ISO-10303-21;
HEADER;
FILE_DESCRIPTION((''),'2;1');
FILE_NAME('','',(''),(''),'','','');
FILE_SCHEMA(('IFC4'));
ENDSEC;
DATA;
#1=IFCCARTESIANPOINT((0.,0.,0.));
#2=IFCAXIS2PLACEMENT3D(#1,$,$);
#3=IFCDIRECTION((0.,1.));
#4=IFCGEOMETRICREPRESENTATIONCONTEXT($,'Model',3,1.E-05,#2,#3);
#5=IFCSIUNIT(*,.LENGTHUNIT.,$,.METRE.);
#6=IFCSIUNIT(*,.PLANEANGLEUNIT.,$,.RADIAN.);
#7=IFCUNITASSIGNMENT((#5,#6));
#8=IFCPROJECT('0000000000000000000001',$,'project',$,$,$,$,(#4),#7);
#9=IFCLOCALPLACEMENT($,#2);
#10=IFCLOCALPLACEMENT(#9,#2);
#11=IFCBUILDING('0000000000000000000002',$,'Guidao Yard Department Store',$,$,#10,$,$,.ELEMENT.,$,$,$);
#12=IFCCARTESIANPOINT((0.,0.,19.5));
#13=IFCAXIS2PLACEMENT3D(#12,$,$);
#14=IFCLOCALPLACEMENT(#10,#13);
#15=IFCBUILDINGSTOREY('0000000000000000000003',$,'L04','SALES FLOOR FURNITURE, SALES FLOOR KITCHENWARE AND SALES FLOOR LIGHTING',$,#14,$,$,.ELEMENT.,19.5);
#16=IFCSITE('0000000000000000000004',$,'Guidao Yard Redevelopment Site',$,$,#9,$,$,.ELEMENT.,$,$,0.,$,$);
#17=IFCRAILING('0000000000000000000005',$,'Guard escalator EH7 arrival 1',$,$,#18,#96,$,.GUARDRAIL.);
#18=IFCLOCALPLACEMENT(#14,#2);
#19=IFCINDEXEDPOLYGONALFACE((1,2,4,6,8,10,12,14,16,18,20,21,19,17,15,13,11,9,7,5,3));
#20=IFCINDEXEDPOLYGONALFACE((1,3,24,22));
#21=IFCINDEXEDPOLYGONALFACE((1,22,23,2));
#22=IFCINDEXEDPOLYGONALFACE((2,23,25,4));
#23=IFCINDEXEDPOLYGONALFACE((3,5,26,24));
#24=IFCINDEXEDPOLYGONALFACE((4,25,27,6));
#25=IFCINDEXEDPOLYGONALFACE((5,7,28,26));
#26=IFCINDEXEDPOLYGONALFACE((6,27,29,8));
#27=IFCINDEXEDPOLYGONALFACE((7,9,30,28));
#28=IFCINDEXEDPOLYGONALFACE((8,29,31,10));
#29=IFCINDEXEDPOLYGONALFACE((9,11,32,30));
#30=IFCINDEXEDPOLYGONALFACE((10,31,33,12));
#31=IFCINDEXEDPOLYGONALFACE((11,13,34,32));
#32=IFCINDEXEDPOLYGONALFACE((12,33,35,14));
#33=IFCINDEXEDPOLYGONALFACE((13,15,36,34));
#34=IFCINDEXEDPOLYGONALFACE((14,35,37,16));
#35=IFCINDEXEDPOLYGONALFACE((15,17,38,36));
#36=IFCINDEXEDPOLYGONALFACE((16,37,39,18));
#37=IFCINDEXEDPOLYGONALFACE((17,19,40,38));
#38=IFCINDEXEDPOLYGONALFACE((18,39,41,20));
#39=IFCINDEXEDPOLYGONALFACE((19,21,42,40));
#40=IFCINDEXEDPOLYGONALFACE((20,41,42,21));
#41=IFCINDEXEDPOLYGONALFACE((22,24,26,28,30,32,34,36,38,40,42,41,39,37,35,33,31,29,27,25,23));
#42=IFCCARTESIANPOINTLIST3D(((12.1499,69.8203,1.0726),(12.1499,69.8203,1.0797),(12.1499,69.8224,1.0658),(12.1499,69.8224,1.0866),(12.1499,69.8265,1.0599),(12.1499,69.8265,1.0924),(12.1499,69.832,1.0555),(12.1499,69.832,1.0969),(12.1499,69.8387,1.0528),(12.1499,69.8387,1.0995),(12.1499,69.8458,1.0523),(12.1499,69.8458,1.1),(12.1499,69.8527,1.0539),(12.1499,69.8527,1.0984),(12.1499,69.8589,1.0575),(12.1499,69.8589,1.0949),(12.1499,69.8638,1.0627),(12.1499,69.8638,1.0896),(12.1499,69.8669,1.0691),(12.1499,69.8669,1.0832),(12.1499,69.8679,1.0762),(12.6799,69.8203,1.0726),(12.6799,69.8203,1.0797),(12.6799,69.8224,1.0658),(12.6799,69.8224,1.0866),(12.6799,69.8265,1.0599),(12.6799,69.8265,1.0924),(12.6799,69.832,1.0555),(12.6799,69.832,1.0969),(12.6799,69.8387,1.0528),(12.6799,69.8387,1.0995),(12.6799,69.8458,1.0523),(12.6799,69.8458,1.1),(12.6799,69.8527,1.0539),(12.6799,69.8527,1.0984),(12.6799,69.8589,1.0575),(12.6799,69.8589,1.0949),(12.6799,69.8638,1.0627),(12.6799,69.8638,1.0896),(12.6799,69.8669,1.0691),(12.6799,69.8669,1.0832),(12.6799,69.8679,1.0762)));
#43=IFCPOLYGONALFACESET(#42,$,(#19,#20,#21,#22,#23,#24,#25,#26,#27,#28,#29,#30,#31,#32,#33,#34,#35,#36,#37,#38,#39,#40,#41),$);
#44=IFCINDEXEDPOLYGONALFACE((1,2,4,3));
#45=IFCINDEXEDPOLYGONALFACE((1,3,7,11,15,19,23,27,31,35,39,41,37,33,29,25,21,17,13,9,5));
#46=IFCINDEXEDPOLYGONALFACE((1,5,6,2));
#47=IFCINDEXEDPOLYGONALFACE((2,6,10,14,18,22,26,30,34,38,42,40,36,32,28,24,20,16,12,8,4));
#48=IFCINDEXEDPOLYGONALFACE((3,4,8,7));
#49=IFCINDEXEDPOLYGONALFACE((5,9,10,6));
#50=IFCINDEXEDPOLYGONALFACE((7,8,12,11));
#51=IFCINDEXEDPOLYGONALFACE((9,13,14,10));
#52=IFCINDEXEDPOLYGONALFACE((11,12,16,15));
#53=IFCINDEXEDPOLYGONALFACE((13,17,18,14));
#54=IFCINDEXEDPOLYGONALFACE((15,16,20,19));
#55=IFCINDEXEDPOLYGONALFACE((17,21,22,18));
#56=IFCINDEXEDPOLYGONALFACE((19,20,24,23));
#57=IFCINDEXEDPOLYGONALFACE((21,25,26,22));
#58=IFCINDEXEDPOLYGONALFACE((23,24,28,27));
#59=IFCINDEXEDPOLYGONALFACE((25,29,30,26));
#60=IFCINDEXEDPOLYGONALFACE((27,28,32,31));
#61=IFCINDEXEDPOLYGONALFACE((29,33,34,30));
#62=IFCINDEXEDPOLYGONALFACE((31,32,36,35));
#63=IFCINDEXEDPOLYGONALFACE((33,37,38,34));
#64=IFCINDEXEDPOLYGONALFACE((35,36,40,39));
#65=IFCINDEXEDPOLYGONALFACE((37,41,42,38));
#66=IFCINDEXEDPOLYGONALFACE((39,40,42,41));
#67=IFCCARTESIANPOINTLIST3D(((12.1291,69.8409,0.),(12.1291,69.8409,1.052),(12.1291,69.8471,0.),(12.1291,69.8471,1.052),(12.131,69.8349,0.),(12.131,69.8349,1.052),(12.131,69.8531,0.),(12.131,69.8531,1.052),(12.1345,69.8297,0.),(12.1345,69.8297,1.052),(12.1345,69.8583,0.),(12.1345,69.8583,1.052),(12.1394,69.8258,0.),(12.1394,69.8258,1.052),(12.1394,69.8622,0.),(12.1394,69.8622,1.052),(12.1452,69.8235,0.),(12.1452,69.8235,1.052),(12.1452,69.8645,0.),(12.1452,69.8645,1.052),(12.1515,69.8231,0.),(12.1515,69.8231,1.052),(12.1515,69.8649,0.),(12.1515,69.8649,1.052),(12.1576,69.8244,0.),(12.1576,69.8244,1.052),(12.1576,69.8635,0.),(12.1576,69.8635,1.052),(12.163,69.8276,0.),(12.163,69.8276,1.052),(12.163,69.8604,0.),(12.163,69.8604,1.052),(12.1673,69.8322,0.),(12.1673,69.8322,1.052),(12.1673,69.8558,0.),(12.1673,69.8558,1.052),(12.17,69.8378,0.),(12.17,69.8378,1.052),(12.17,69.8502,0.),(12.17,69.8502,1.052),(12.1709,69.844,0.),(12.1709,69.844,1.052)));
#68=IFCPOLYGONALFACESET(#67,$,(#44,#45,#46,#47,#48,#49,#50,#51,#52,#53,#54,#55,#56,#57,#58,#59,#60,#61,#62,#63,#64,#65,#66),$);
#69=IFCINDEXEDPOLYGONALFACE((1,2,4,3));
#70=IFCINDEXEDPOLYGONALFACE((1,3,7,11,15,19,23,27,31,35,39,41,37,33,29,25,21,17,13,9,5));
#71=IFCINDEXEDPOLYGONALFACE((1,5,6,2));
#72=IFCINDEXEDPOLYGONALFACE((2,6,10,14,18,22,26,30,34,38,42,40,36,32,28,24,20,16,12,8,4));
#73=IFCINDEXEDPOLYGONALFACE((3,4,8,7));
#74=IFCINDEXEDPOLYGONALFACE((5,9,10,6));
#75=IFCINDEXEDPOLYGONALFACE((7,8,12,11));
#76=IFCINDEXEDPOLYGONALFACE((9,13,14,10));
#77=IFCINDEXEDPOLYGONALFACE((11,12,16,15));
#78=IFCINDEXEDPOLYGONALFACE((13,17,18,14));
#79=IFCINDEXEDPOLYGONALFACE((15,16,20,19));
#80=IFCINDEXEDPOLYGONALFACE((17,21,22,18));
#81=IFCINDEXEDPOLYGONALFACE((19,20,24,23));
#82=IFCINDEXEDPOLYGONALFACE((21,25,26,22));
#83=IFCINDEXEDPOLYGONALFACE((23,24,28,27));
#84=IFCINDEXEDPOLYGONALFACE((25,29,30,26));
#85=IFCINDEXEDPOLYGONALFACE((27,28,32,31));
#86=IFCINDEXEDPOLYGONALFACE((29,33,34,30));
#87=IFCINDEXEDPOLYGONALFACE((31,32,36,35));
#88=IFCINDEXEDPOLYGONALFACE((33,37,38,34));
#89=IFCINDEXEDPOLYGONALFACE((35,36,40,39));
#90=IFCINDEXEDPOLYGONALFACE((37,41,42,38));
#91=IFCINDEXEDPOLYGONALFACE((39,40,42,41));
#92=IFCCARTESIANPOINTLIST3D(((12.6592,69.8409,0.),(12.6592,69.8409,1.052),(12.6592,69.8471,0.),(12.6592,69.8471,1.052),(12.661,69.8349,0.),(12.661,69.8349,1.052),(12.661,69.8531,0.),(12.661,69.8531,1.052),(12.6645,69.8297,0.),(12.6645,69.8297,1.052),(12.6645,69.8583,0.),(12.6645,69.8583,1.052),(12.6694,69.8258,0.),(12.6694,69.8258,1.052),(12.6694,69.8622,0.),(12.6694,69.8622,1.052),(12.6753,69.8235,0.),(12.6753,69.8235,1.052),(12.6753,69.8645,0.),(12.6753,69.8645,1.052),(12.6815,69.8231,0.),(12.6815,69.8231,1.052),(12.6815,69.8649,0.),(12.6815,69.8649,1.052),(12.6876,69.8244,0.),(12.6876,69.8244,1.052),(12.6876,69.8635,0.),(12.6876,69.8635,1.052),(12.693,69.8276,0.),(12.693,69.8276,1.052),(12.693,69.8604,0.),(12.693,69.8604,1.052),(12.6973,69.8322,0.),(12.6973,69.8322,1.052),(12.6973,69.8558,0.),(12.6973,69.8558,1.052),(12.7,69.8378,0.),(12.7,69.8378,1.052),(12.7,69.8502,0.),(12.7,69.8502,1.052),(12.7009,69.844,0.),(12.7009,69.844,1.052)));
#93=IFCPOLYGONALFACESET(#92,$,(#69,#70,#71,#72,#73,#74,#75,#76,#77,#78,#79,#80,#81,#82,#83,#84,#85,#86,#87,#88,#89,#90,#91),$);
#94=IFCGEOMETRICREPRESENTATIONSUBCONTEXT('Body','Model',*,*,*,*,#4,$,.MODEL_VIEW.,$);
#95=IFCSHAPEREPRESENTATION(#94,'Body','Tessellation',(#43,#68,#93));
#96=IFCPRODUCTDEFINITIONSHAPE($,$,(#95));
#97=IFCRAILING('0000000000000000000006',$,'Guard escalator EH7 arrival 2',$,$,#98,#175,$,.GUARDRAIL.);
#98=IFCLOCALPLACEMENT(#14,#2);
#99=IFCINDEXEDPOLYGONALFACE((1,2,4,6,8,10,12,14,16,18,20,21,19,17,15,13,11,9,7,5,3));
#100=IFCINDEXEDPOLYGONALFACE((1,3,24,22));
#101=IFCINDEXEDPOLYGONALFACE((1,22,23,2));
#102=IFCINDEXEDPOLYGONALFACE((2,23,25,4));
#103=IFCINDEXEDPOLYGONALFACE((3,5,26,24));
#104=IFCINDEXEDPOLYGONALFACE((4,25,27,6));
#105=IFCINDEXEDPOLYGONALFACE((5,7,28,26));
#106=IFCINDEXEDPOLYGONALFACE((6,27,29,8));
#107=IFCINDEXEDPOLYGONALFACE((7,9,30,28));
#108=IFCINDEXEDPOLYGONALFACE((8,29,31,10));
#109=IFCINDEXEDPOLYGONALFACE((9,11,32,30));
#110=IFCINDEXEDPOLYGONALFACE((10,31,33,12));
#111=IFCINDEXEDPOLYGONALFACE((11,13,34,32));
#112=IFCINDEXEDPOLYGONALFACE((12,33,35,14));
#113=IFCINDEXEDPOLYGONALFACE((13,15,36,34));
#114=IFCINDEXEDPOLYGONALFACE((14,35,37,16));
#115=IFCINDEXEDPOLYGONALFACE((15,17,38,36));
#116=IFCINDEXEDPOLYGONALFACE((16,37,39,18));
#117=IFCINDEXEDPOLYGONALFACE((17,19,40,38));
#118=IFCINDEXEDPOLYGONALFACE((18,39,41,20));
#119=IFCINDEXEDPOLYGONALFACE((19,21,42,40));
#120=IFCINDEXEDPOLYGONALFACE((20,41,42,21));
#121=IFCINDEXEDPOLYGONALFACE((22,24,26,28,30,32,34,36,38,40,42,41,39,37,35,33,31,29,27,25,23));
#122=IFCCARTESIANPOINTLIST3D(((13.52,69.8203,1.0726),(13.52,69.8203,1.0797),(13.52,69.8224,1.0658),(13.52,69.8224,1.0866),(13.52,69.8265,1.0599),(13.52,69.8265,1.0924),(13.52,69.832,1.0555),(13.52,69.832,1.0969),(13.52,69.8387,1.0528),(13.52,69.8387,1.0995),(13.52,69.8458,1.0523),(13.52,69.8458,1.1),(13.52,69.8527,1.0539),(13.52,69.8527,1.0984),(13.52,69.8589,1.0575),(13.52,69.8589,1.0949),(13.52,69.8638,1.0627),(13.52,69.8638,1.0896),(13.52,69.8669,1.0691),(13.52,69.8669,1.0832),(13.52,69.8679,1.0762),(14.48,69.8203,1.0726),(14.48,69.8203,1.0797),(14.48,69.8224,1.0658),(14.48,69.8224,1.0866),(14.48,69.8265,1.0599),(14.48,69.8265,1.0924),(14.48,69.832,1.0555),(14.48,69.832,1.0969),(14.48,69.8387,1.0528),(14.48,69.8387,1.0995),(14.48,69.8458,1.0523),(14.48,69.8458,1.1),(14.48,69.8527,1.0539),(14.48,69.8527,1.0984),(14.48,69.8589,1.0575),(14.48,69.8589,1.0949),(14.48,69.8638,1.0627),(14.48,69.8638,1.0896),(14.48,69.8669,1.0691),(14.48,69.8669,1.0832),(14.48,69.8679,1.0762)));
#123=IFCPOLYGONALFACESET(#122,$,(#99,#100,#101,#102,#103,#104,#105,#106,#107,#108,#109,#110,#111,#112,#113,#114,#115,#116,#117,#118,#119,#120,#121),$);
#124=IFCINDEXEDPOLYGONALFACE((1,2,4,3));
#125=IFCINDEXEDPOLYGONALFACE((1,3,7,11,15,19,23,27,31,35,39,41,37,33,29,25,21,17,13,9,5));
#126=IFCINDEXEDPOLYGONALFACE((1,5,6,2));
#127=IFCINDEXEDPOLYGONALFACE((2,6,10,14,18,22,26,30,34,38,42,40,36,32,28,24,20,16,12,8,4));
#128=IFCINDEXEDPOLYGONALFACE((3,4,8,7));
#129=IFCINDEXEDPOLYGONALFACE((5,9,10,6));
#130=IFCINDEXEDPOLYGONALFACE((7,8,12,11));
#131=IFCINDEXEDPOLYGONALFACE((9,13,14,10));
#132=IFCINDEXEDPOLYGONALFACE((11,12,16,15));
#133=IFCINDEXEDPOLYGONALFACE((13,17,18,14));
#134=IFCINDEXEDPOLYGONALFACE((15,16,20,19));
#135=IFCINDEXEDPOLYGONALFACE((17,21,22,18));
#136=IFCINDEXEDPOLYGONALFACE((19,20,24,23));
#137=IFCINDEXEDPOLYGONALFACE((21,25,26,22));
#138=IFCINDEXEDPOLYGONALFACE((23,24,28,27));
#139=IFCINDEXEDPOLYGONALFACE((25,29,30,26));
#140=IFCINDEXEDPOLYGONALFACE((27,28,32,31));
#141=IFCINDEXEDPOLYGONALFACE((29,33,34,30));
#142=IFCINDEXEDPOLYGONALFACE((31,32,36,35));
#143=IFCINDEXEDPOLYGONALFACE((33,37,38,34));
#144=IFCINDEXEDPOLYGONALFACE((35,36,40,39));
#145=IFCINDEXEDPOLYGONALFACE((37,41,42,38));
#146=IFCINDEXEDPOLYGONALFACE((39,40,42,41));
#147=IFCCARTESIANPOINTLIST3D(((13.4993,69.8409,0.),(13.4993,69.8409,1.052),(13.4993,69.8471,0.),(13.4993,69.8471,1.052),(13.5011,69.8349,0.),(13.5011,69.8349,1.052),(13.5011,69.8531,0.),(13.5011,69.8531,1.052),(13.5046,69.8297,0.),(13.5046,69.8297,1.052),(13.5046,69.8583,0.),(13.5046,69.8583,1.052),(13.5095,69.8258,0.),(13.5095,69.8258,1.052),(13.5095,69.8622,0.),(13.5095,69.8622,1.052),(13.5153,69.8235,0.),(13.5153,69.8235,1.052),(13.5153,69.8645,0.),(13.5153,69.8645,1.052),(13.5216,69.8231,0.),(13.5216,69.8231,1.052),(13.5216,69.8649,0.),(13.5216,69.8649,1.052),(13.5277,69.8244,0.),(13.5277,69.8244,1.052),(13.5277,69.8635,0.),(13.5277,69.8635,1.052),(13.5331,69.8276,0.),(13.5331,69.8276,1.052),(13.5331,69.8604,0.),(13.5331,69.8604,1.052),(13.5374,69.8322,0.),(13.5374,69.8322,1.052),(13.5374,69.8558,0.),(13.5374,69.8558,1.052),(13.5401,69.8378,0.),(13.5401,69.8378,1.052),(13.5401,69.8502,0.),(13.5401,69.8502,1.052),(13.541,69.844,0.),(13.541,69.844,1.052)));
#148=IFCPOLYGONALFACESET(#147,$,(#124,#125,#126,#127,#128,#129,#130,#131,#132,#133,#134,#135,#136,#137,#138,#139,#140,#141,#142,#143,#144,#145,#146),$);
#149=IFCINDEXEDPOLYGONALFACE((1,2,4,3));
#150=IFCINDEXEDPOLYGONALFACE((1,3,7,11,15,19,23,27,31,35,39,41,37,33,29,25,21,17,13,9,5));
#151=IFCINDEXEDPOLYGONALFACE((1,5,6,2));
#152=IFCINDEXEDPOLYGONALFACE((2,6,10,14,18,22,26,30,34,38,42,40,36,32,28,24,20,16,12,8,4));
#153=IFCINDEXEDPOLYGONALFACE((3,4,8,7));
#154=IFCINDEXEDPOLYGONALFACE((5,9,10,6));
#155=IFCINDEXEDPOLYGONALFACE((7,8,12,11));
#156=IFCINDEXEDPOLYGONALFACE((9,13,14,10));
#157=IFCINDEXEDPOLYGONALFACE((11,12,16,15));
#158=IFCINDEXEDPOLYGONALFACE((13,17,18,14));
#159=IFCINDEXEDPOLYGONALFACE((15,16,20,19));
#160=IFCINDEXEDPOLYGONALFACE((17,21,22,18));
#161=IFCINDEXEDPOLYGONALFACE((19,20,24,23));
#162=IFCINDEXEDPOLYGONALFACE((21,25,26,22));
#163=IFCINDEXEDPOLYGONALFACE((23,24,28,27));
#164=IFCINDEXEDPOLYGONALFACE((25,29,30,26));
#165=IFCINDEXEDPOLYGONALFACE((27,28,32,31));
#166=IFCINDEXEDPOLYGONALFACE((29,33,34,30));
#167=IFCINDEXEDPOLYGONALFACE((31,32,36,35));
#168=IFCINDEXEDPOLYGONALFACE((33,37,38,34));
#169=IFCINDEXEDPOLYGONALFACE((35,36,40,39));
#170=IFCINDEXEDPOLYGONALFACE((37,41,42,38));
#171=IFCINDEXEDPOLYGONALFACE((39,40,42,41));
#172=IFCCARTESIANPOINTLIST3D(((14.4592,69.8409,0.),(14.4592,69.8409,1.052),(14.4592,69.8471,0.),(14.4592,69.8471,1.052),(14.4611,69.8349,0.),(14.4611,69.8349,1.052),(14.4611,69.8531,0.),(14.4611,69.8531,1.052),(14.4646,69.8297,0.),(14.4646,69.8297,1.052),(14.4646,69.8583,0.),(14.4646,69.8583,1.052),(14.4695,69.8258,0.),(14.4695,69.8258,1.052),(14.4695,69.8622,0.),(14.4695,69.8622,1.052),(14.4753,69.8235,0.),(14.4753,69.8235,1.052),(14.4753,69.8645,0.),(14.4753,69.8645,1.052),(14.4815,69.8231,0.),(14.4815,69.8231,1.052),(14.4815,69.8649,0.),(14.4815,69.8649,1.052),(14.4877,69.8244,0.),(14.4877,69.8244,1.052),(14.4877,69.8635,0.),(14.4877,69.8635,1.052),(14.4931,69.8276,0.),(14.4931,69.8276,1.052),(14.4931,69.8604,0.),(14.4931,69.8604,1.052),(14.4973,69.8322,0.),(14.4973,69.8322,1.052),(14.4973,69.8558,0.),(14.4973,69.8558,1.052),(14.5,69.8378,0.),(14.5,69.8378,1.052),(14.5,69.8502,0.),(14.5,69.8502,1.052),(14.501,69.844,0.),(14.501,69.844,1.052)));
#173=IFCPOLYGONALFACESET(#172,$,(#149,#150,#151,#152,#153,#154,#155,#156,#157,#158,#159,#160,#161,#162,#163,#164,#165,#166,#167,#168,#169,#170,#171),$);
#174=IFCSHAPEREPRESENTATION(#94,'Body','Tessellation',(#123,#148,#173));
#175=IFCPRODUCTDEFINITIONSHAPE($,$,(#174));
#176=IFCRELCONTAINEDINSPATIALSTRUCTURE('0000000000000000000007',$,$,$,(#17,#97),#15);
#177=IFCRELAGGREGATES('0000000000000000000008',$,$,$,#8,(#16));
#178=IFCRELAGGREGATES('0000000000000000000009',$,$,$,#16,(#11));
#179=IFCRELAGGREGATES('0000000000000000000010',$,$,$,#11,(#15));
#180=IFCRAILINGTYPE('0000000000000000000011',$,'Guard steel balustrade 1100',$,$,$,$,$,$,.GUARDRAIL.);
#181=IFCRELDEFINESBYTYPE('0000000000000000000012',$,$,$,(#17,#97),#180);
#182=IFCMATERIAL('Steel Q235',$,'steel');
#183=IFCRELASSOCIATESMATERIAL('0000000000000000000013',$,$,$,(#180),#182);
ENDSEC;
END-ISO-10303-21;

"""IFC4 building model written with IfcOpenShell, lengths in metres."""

from ifc_helpers import new_model, si_unit, direction, frame, origin, origin_2d, place, context, subcontext, project, spatial, circle, extrude, material, type_object, element, save


model = new_model("IFC4")

# Units and contexts
model_context = context("Model", 3, precision=1e-05, world=origin(), true_north=direction((0.0, 1.0)))
body_context = subcontext(model_context, "Body", "Model", "MODEL_VIEW")
ifc_project = project(units=[si_unit("LENGTHUNIT", "METRE"), si_unit("PLANEANGLEUNIT", "RADIAN")], contexts=[model_context])

# Site, building, storey
site_placement = place(None, origin())
site = spatial("IfcSite", under=ifc_project, at=site_placement, Name="Guidao Yard Redevelopment Site", CompositionType="ELEMENT", RefElevation=0.0)
building_placement = place(site_placement, origin())
building = spatial("IfcBuilding", under=site, at=building_placement, Name="Guidao Yard Department Store", CompositionType="ELEMENT")
storey_placement = place(building_placement, frame((0.0, 0.0, 19.5)))
storey = spatial("IfcBuildingStorey", under=building, at=storey_placement, Name="L04", Description="SALES FLOOR FURNITURE, SALES FLOOR KITCHENWARE AND SALES FLOOR LIGHTING", CompositionType="ELEMENT", Elevation=19.5)

# Railings
ifc_material_1 = material(Name="Steel Q235", Category="steel")
railing_type_1 = type_object("IfcRailingType", Name="Guard steel balustrade 1100", PredefinedType="GUARDRAIL", material=ifc_material_1)
railing_1_placement = place(storey_placement, frame((12.1499, 69.844, 0.0)))
element("IfcRailing", 1, at=railing_1_placement, inside=storey, type_object=railing_type_1, Name="Guard escalator EH7 arrival 1", PredefinedType="GUARDRAIL", context=body_context, shape_type="SweptSolid", body=[
    extrude(circle(Radius=0.0239, at=origin_2d()), frame((0.0, 0.0, 1.0762), z_axis=(1.0, 0.0, 0.0), x_axis=(0.0, 1.0, 0.0)), (0.0, 0.0, 1.0), 0.53),
    extrude(circle(Radius=0.021, at=origin_2d()), origin(), (0.0, 0.0, 1.0), 1.052),
    extrude(circle(Radius=0.021, at=origin_2d()), frame((0.53, 0.0, 0.0)), (0.0, 0.0, 1.0), 1.052),
])
railing_2_placement = place(storey_placement, frame((13.52, 69.844, 0.0)))
element("IfcRailing", 2, at=railing_2_placement, inside=storey, type_object=railing_type_1, Name="Guard escalator EH7 arrival 2", PredefinedType="GUARDRAIL", context=body_context, shape_type="SweptSolid", body=[
    extrude(circle(Radius=0.0239, at=origin_2d()), frame((0.0, 0.0, 1.0762), z_axis=(1.0, 0.0, 0.0), x_axis=(0.0, 1.0, 0.0)), (0.0, 0.0, 1.0), 0.96),
    extrude(circle(Radius=0.021, at=origin_2d()), origin(), (0.0, 0.0, 1.0), 1.052),
    extrude(circle(Radius=0.021, at=origin_2d()), frame((0.96, 0.0, 0.0)), (0.0, 0.0, 1.0), 1.052),
])

save(model, "model.ifc")
